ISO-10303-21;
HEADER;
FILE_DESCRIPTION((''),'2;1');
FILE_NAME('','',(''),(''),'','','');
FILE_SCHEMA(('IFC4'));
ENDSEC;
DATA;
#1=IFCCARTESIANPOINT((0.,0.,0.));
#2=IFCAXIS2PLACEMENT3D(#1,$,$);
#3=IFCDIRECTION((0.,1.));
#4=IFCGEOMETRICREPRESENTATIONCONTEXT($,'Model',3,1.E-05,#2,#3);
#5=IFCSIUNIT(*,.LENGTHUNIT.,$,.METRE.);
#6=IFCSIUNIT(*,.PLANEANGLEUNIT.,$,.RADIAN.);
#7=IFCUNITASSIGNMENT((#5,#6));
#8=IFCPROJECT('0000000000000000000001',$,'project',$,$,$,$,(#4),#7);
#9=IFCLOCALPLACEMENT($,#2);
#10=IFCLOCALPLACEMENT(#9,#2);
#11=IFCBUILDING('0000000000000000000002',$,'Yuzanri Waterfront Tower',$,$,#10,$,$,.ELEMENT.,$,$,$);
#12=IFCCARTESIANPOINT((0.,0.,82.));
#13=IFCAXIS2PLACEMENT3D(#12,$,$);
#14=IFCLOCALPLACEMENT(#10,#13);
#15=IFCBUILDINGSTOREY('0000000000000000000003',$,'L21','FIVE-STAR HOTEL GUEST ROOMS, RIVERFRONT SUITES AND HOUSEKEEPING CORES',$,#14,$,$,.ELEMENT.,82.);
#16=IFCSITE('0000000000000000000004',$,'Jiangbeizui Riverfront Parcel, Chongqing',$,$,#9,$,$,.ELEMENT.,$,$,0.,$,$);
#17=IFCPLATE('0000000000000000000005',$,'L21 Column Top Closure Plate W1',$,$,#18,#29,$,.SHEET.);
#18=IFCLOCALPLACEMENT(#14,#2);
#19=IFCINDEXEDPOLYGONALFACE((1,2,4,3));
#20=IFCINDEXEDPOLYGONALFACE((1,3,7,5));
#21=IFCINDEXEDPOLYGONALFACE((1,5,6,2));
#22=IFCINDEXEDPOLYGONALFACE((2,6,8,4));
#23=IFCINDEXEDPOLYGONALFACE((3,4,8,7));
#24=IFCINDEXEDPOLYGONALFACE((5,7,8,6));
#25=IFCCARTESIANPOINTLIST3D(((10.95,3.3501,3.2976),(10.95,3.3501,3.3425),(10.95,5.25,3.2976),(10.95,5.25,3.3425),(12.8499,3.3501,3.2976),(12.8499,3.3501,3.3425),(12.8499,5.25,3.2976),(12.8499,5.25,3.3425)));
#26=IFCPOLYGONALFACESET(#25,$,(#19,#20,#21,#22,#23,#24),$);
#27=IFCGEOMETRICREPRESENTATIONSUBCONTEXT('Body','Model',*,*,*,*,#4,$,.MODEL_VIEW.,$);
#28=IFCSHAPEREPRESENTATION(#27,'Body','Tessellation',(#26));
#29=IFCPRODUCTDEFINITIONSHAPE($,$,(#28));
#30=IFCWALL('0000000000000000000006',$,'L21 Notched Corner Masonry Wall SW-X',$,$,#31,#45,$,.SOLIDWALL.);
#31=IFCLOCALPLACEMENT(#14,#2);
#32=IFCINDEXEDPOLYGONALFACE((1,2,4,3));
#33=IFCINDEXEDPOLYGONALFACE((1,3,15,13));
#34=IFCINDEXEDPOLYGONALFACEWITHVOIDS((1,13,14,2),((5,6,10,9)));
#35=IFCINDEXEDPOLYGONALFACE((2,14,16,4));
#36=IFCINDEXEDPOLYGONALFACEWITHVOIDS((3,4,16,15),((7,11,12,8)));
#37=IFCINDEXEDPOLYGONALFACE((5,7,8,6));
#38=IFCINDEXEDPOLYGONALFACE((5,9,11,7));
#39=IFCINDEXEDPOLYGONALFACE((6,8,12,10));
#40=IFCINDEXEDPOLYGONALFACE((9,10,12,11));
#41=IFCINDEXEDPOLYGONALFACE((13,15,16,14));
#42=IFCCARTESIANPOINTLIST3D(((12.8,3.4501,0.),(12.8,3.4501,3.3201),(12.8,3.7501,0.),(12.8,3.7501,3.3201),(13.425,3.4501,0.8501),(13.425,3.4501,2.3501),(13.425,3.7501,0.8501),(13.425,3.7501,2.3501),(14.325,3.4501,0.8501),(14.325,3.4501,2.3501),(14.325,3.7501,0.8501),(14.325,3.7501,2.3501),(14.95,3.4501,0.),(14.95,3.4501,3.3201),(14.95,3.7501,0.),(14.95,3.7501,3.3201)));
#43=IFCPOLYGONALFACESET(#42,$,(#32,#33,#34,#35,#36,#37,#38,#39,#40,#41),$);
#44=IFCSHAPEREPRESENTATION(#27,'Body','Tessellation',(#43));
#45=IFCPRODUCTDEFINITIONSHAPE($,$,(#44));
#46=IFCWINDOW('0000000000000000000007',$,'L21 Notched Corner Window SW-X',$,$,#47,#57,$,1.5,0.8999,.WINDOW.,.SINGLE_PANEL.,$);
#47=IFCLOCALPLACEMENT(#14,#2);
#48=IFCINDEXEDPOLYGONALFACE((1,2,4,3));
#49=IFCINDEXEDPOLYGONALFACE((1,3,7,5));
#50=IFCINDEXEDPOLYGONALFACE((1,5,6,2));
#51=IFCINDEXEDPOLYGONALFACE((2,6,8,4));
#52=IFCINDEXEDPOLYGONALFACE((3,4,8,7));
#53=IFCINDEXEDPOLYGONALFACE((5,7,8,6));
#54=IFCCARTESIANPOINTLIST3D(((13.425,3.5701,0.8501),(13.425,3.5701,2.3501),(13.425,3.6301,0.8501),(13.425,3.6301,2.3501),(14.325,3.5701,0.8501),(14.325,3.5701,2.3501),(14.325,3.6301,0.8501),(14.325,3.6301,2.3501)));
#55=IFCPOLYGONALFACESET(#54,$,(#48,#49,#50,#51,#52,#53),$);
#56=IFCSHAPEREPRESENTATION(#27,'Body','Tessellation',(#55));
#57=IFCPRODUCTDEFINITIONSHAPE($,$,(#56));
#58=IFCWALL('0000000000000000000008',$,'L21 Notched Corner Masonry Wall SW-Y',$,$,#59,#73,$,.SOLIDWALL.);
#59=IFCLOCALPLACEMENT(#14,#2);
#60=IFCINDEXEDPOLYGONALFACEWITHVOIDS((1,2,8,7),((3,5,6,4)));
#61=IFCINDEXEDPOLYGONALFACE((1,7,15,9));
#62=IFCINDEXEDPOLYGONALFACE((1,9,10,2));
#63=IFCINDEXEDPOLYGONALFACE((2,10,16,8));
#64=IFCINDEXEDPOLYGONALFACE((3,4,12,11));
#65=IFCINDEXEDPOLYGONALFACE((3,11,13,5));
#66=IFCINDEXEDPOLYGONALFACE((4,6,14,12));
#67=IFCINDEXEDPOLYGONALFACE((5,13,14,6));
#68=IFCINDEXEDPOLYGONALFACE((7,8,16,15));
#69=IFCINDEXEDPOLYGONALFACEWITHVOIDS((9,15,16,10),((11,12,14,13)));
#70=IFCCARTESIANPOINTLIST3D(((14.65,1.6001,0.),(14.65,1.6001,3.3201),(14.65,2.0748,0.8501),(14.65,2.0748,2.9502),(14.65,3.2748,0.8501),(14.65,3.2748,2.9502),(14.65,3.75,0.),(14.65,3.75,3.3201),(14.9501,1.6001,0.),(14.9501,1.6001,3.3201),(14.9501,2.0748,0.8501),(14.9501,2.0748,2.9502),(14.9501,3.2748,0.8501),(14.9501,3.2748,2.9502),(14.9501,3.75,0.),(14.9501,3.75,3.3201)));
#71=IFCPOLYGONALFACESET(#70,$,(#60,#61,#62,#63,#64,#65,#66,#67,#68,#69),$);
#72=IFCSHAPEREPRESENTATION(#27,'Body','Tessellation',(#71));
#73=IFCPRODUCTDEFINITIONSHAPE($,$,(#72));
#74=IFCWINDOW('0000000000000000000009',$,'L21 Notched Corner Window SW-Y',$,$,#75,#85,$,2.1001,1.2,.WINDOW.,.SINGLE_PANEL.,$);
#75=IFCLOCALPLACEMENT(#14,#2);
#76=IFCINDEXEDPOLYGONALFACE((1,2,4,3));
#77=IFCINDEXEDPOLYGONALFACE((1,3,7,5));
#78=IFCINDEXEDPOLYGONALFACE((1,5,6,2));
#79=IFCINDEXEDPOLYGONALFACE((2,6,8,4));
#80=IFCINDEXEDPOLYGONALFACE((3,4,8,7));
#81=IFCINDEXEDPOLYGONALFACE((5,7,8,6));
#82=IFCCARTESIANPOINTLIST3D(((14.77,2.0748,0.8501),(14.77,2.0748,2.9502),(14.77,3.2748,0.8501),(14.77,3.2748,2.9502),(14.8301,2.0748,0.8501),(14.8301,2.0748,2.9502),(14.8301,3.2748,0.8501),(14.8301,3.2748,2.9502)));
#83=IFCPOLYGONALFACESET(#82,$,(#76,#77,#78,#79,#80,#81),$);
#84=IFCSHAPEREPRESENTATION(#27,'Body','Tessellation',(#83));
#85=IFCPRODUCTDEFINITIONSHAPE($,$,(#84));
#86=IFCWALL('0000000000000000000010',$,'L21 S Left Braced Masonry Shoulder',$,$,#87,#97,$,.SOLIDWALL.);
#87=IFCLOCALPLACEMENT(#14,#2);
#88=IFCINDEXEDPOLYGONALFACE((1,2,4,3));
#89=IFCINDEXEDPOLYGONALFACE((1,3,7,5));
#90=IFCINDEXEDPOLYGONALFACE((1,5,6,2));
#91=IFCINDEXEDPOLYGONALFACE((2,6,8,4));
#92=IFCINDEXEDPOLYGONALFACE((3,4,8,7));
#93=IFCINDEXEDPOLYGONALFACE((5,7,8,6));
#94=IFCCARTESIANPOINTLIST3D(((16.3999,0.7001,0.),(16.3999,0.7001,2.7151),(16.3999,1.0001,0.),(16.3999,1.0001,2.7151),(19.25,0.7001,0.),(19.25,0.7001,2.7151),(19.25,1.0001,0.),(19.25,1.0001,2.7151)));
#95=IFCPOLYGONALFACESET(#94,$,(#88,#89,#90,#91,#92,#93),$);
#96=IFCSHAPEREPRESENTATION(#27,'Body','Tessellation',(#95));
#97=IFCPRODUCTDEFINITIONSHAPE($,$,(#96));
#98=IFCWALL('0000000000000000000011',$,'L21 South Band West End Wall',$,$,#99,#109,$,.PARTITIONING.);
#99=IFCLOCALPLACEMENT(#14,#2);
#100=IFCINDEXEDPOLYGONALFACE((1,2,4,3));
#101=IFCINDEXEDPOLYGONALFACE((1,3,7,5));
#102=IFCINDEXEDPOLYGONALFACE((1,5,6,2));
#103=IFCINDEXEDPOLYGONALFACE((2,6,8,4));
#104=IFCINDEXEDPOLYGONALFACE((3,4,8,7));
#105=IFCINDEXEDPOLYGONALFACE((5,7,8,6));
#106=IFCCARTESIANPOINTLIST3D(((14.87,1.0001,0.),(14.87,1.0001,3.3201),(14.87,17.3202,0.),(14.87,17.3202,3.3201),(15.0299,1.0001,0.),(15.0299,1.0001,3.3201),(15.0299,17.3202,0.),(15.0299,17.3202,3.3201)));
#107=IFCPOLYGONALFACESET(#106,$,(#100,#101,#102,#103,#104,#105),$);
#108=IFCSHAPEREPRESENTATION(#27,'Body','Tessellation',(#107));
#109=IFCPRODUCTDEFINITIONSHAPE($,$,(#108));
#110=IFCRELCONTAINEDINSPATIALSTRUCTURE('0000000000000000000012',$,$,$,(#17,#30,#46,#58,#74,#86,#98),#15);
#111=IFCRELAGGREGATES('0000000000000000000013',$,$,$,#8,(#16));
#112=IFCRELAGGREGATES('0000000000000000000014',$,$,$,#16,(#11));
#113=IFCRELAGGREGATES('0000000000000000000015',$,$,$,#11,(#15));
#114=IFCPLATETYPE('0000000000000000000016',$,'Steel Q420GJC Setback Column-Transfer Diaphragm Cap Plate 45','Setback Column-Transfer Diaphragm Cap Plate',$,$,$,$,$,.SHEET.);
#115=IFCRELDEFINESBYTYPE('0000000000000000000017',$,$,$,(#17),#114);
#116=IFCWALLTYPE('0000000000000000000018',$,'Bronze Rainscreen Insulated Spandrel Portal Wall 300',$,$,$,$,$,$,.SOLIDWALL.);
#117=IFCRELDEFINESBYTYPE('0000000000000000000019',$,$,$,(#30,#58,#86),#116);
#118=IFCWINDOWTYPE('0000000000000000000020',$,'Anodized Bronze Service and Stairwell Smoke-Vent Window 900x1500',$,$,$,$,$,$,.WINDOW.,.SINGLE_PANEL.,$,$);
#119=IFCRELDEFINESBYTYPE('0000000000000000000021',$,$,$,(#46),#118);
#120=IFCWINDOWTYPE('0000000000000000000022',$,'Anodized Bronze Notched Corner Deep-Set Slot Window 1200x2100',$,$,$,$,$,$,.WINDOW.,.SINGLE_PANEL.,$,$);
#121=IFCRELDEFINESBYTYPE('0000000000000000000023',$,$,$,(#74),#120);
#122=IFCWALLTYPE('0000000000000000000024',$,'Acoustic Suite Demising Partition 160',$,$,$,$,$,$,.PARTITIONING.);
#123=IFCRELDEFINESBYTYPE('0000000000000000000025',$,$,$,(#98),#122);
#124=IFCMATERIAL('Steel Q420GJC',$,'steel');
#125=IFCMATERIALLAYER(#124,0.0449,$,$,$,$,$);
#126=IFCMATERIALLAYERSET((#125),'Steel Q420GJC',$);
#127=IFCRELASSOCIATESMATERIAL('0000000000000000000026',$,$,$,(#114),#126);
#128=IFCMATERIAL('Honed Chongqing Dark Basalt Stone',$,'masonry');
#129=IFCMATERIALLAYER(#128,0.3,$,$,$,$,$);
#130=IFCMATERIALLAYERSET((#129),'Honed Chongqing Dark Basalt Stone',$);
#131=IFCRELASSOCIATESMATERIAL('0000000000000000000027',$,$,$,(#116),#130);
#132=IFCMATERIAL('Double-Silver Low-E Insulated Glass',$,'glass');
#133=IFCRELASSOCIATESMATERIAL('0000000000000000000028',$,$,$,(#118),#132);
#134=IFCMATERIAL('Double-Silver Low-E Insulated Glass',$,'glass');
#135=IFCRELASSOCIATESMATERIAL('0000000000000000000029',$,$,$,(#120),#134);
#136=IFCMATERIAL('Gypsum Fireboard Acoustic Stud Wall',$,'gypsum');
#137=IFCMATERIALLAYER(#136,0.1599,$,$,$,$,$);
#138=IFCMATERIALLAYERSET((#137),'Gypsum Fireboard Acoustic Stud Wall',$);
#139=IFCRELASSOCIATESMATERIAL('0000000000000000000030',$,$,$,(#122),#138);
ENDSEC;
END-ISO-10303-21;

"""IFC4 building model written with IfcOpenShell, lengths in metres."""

from ifc_helpers import new_model, si_unit, direction, frame, frame_2d, origin, origin_2d, place, context, subcontext, project, spatial, rectangle, extrude, source, transform, mapped, material, layer, layer_set, type_object, element, fill, save


model = new_model("IFC4")

# Units and contexts
model_context = context("Model", 3, precision=1e-05, world=origin(), true_north=direction((0.0, 1.0)))
body_context = subcontext(model_context, "Body", "Model", "MODEL_VIEW")
ifc_project = project(units=[si_unit("LENGTHUNIT", "METRE"), si_unit("PLANEANGLEUNIT", "RADIAN")], contexts=[model_context])

# Site, building, storey
site_placement = place(None, origin())
site = spatial("IfcSite", under=ifc_project, at=site_placement, Name="Jiangbeizui Riverfront Parcel, Chongqing", CompositionType="ELEMENT", RefElevation=0.0)
building_placement = place(site_placement, origin())
building = spatial("IfcBuilding", under=site, at=building_placement, Name="Yuzanri Waterfront Tower", CompositionType="ELEMENT")
storey_placement = place(building_placement, frame((0.0, 0.0, 82.0)))
storey = spatial("IfcBuildingStorey", under=building, at=storey_placement, Name="L21", Description="FIVE-STAR HOTEL GUEST ROOMS, RIVERFRONT SUITES AND HOUSEKEEPING CORES", CompositionType="ELEMENT", Elevation=82.0)

# Plate
ifc_material_1 = material(Name="Steel Q420GJC", Category="steel")
ifc_layer_1 = layer(ifc_material_1, 0.0449)
ifc_layer_set_1 = layer_set([ifc_layer_1], Name="Steel Q420GJC")
plate_type = type_object("IfcPlateType", Name="Steel Q420GJC Setback Column-Transfer Diaphragm Cap Plate 45", Description="Setback Column-Transfer Diaphragm Cap Plate", PredefinedType="SHEET", material=ifc_layer_set_1)
shared_shape_1 = source(origin(), body_context, "Body", "SweptSolid", [
    extrude(rectangle(XDim=1.8999, YDim=1.8999, at=origin_2d()), origin(), (0.0, 0.0, 1.0), 0.0449),
])
for number, where, z_axis, x_axis, name in (
    (1, (11.8999, 4.3, 3.2976), (0.0, 0.0, 1.0), (1.0, 0.0, 0.0), "L21 Column Top Closure Plate W1"),
):
    element("IfcPlate", number, at=place(storey_placement, frame(where, z_axis=z_axis, x_axis=x_axis)), inside=storey, type_object=plate_type, Name=name, PredefinedType="SHEET", context=body_context, shape_type="MappedRepresentation", body=[
        mapped(shared_shape_1, transform((0.0, 0.0, 0.0), scale=1.0)),
    ])

# Walls, openings, windows
ifc_material_2 = material(Name="Honed Chongqing Dark Basalt Stone", Category="masonry")
ifc_layer_2 = layer(ifc_material_2, 0.3)
ifc_layer_set_2 = layer_set([ifc_layer_2], Name="Honed Chongqing Dark Basalt Stone")
wall_type_1 = type_object("IfcWallType", Name="Bronze Rainscreen Insulated Spandrel Portal Wall 300", PredefinedType="SOLIDWALL", material=ifc_layer_set_2)
wall_1_placement = place(storey_placement, frame((12.8, 3.6001, 0.0), z_axis=(0.0, 0.0, 1.0), x_axis=(1.0, 0.0, 0.0)))
wall_1 = element("IfcWall", 2, at=wall_1_placement, inside=storey, type_object=wall_type_1, Name="L21 Notched Corner Masonry Wall SW-X", PredefinedType="SOLIDWALL", context=body_context, shape_type="SweptSolid", body=[
    extrude(rectangle(XDim=2.1499, YDim=0.3, at=frame_2d((1.075, 0.0))), origin(), (0.0, 0.0, 1.0), 3.3201),
])
opening_1_placement = place(wall_1_placement, frame((0.625, 0.0, 0.8501)))
opening_1 = element("IfcOpeningElement", 3, at=opening_1_placement, cuts=wall_1, PredefinedType="OPENING", context=body_context, shape_type="SweptSolid", body=[
    extrude(rectangle(XDim=0.8999, YDim=1.5, at=frame_2d((0.45, 0.75))), frame((0.0, 0.165, 0.0), z_axis=(0.0, -1.0, 0.0), x_axis=(1.0, 0.0, 0.0)), (0.0, 0.0, 1.0), 0.3298),
])
ifc_material_3 = material(Name="Double-Silver Low-E Insulated Glass", Category="glass")
window_type_1 = type_object("IfcWindowType", Name="Anodized Bronze Service and Stairwell Smoke-Vent Window 900x1500", PartitioningType="SINGLE_PANEL", PredefinedType="WINDOW", material=ifc_material_3)
shared_shape_2 = source(origin(), body_context, "Body", "SweptSolid", [
    extrude(rectangle(XDim=0.8999, YDim=1.5, at=frame_2d((0.45, 0.75))), frame((0.0, 0.03, 0.0), z_axis=(0.0, -1.0, 0.0), x_axis=(1.0, 0.0, 0.0)), (0.0, 0.0, 1.0), 0.0601),
])
window_1_placement = place(opening_1_placement, origin())
window_1 = element("IfcWindow", 4, at=window_1_placement, inside=storey, type_object=window_type_1, Name="L21 Notched Corner Window SW-X", OverallHeight=1.5, OverallWidth=0.8999, PartitioningType="SINGLE_PANEL", PredefinedType="WINDOW", context=body_context, shape_type="MappedRepresentation", body=[
    mapped(shared_shape_2, transform((0.0, 0.0, 0.0), scale=1.0)),
])
fill(opening_1, window_1)
wall_2_placement = place(storey_placement, frame((14.8, 3.75, 0.0), z_axis=(0.0, 0.0, 1.0), x_axis=(0.0, -1.0, 0.0)))
wall_2 = element("IfcWall", 5, at=wall_2_placement, inside=storey, type_object=wall_type_1, Name="L21 Notched Corner Masonry Wall SW-Y", PredefinedType="SOLIDWALL", context=body_context, shape_type="SweptSolid", body=[
    extrude(rectangle(XDim=2.1499, YDim=0.3, at=frame_2d((1.075, 0.0))), origin(), (0.0, 0.0, 1.0), 3.3201),
])
opening_2_placement = place(wall_2_placement, frame((0.4751, 0.0, 0.8501)))
opening_2 = element("IfcOpeningElement", 6, at=opening_2_placement, cuts=wall_2, PredefinedType="OPENING", context=body_context, shape_type="SweptSolid", body=[
    extrude(rectangle(XDim=1.2, YDim=2.1001, at=frame_2d((0.6001, 1.05))), frame((0.0, 0.165, 0.0), z_axis=(0.0, -1.0, 0.0), x_axis=(1.0, 0.0, 0.0)), (0.0, 0.0, 1.0), 0.3298),
])
ifc_material_4 = material(Name="Double-Silver Low-E Insulated Glass", Category="glass")
window_type_2 = type_object("IfcWindowType", Name="Anodized Bronze Notched Corner Deep-Set Slot Window 1200x2100", PartitioningType="SINGLE_PANEL", PredefinedType="WINDOW", material=ifc_material_4)
shared_shape_3 = source(origin(), body_context, "Body", "SweptSolid", [
    extrude(rectangle(XDim=1.2, YDim=2.1001, at=frame_2d((0.6001, 1.05))), frame((0.0, 0.03, 0.0), z_axis=(0.0, -1.0, 0.0), x_axis=(1.0, 0.0, 0.0)), (0.0, 0.0, 1.0), 0.0601),
])
window_2_placement = place(opening_2_placement, origin())
window_2 = element("IfcWindow", 7, at=window_2_placement, inside=storey, type_object=window_type_2, Name="L21 Notched Corner Window SW-Y", OverallHeight=2.1001, OverallWidth=1.2, PartitioningType="SINGLE_PANEL", PredefinedType="WINDOW", context=body_context, shape_type="MappedRepresentation", body=[
    mapped(shared_shape_3, transform((0.0, 0.0, 0.0), scale=1.0)),
])
fill(opening_2, window_2)

# Walls
shared_shape_4 = source(origin(), body_context, "Body", "SweptSolid", [
    extrude(rectangle(XDim=2.8501, YDim=0.3, at=frame_2d((1.425, 0.0))), origin(), (0.0, 0.0, 1.0), 2.7151),
])
wall_3_placement = place(storey_placement, frame((16.3999, 0.8501, 0.0), z_axis=(0.0, 0.0, 1.0), x_axis=(1.0, 0.0, 0.0)))
element("IfcWall", 8, at=wall_3_placement, inside=storey, type_object=wall_type_1, Name="L21 S Left Braced Masonry Shoulder", PredefinedType="SOLIDWALL", context=body_context, shape_type="MappedRepresentation", body=[
    mapped(shared_shape_4, transform((0.0, 0.0, 0.0), scale=1.0)),
])
ifc_material_5 = material(Name="Gypsum Fireboard Acoustic Stud Wall", Category="gypsum")
ifc_layer_3 = layer(ifc_material_5, 0.1599)
ifc_layer_set_3 = layer_set([ifc_layer_3], Name="Gypsum Fireboard Acoustic Stud Wall")
wall_type_2 = type_object("IfcWallType", Name="Acoustic Suite Demising Partition 160", PredefinedType="PARTITIONING", material=ifc_layer_set_3)
shared_shape_5 = source(origin(), body_context, "Body", "SweptSolid", [
    extrude(rectangle(XDim=16.3201, YDim=0.1599, at=frame_2d((8.1602, 0.0))), origin(), (0.0, 0.0, 1.0), 3.3201),
])
wall_4_placement = place(storey_placement, frame((14.95, 1.0, 0.0), z_axis=(0.0, 0.0, 1.0), x_axis=(0.0, 1.0, 0.0)))
element("IfcWall", 9, at=wall_4_placement, inside=storey, type_object=wall_type_2, Name="L21 South Band West End Wall", PredefinedType="PARTITIONING", context=body_context, shape_type="MappedRepresentation", body=[
    mapped(shared_shape_5, transform((0.0, 0.0, 0.0), scale=1.0)),
])

save(model, "model.ifc")
